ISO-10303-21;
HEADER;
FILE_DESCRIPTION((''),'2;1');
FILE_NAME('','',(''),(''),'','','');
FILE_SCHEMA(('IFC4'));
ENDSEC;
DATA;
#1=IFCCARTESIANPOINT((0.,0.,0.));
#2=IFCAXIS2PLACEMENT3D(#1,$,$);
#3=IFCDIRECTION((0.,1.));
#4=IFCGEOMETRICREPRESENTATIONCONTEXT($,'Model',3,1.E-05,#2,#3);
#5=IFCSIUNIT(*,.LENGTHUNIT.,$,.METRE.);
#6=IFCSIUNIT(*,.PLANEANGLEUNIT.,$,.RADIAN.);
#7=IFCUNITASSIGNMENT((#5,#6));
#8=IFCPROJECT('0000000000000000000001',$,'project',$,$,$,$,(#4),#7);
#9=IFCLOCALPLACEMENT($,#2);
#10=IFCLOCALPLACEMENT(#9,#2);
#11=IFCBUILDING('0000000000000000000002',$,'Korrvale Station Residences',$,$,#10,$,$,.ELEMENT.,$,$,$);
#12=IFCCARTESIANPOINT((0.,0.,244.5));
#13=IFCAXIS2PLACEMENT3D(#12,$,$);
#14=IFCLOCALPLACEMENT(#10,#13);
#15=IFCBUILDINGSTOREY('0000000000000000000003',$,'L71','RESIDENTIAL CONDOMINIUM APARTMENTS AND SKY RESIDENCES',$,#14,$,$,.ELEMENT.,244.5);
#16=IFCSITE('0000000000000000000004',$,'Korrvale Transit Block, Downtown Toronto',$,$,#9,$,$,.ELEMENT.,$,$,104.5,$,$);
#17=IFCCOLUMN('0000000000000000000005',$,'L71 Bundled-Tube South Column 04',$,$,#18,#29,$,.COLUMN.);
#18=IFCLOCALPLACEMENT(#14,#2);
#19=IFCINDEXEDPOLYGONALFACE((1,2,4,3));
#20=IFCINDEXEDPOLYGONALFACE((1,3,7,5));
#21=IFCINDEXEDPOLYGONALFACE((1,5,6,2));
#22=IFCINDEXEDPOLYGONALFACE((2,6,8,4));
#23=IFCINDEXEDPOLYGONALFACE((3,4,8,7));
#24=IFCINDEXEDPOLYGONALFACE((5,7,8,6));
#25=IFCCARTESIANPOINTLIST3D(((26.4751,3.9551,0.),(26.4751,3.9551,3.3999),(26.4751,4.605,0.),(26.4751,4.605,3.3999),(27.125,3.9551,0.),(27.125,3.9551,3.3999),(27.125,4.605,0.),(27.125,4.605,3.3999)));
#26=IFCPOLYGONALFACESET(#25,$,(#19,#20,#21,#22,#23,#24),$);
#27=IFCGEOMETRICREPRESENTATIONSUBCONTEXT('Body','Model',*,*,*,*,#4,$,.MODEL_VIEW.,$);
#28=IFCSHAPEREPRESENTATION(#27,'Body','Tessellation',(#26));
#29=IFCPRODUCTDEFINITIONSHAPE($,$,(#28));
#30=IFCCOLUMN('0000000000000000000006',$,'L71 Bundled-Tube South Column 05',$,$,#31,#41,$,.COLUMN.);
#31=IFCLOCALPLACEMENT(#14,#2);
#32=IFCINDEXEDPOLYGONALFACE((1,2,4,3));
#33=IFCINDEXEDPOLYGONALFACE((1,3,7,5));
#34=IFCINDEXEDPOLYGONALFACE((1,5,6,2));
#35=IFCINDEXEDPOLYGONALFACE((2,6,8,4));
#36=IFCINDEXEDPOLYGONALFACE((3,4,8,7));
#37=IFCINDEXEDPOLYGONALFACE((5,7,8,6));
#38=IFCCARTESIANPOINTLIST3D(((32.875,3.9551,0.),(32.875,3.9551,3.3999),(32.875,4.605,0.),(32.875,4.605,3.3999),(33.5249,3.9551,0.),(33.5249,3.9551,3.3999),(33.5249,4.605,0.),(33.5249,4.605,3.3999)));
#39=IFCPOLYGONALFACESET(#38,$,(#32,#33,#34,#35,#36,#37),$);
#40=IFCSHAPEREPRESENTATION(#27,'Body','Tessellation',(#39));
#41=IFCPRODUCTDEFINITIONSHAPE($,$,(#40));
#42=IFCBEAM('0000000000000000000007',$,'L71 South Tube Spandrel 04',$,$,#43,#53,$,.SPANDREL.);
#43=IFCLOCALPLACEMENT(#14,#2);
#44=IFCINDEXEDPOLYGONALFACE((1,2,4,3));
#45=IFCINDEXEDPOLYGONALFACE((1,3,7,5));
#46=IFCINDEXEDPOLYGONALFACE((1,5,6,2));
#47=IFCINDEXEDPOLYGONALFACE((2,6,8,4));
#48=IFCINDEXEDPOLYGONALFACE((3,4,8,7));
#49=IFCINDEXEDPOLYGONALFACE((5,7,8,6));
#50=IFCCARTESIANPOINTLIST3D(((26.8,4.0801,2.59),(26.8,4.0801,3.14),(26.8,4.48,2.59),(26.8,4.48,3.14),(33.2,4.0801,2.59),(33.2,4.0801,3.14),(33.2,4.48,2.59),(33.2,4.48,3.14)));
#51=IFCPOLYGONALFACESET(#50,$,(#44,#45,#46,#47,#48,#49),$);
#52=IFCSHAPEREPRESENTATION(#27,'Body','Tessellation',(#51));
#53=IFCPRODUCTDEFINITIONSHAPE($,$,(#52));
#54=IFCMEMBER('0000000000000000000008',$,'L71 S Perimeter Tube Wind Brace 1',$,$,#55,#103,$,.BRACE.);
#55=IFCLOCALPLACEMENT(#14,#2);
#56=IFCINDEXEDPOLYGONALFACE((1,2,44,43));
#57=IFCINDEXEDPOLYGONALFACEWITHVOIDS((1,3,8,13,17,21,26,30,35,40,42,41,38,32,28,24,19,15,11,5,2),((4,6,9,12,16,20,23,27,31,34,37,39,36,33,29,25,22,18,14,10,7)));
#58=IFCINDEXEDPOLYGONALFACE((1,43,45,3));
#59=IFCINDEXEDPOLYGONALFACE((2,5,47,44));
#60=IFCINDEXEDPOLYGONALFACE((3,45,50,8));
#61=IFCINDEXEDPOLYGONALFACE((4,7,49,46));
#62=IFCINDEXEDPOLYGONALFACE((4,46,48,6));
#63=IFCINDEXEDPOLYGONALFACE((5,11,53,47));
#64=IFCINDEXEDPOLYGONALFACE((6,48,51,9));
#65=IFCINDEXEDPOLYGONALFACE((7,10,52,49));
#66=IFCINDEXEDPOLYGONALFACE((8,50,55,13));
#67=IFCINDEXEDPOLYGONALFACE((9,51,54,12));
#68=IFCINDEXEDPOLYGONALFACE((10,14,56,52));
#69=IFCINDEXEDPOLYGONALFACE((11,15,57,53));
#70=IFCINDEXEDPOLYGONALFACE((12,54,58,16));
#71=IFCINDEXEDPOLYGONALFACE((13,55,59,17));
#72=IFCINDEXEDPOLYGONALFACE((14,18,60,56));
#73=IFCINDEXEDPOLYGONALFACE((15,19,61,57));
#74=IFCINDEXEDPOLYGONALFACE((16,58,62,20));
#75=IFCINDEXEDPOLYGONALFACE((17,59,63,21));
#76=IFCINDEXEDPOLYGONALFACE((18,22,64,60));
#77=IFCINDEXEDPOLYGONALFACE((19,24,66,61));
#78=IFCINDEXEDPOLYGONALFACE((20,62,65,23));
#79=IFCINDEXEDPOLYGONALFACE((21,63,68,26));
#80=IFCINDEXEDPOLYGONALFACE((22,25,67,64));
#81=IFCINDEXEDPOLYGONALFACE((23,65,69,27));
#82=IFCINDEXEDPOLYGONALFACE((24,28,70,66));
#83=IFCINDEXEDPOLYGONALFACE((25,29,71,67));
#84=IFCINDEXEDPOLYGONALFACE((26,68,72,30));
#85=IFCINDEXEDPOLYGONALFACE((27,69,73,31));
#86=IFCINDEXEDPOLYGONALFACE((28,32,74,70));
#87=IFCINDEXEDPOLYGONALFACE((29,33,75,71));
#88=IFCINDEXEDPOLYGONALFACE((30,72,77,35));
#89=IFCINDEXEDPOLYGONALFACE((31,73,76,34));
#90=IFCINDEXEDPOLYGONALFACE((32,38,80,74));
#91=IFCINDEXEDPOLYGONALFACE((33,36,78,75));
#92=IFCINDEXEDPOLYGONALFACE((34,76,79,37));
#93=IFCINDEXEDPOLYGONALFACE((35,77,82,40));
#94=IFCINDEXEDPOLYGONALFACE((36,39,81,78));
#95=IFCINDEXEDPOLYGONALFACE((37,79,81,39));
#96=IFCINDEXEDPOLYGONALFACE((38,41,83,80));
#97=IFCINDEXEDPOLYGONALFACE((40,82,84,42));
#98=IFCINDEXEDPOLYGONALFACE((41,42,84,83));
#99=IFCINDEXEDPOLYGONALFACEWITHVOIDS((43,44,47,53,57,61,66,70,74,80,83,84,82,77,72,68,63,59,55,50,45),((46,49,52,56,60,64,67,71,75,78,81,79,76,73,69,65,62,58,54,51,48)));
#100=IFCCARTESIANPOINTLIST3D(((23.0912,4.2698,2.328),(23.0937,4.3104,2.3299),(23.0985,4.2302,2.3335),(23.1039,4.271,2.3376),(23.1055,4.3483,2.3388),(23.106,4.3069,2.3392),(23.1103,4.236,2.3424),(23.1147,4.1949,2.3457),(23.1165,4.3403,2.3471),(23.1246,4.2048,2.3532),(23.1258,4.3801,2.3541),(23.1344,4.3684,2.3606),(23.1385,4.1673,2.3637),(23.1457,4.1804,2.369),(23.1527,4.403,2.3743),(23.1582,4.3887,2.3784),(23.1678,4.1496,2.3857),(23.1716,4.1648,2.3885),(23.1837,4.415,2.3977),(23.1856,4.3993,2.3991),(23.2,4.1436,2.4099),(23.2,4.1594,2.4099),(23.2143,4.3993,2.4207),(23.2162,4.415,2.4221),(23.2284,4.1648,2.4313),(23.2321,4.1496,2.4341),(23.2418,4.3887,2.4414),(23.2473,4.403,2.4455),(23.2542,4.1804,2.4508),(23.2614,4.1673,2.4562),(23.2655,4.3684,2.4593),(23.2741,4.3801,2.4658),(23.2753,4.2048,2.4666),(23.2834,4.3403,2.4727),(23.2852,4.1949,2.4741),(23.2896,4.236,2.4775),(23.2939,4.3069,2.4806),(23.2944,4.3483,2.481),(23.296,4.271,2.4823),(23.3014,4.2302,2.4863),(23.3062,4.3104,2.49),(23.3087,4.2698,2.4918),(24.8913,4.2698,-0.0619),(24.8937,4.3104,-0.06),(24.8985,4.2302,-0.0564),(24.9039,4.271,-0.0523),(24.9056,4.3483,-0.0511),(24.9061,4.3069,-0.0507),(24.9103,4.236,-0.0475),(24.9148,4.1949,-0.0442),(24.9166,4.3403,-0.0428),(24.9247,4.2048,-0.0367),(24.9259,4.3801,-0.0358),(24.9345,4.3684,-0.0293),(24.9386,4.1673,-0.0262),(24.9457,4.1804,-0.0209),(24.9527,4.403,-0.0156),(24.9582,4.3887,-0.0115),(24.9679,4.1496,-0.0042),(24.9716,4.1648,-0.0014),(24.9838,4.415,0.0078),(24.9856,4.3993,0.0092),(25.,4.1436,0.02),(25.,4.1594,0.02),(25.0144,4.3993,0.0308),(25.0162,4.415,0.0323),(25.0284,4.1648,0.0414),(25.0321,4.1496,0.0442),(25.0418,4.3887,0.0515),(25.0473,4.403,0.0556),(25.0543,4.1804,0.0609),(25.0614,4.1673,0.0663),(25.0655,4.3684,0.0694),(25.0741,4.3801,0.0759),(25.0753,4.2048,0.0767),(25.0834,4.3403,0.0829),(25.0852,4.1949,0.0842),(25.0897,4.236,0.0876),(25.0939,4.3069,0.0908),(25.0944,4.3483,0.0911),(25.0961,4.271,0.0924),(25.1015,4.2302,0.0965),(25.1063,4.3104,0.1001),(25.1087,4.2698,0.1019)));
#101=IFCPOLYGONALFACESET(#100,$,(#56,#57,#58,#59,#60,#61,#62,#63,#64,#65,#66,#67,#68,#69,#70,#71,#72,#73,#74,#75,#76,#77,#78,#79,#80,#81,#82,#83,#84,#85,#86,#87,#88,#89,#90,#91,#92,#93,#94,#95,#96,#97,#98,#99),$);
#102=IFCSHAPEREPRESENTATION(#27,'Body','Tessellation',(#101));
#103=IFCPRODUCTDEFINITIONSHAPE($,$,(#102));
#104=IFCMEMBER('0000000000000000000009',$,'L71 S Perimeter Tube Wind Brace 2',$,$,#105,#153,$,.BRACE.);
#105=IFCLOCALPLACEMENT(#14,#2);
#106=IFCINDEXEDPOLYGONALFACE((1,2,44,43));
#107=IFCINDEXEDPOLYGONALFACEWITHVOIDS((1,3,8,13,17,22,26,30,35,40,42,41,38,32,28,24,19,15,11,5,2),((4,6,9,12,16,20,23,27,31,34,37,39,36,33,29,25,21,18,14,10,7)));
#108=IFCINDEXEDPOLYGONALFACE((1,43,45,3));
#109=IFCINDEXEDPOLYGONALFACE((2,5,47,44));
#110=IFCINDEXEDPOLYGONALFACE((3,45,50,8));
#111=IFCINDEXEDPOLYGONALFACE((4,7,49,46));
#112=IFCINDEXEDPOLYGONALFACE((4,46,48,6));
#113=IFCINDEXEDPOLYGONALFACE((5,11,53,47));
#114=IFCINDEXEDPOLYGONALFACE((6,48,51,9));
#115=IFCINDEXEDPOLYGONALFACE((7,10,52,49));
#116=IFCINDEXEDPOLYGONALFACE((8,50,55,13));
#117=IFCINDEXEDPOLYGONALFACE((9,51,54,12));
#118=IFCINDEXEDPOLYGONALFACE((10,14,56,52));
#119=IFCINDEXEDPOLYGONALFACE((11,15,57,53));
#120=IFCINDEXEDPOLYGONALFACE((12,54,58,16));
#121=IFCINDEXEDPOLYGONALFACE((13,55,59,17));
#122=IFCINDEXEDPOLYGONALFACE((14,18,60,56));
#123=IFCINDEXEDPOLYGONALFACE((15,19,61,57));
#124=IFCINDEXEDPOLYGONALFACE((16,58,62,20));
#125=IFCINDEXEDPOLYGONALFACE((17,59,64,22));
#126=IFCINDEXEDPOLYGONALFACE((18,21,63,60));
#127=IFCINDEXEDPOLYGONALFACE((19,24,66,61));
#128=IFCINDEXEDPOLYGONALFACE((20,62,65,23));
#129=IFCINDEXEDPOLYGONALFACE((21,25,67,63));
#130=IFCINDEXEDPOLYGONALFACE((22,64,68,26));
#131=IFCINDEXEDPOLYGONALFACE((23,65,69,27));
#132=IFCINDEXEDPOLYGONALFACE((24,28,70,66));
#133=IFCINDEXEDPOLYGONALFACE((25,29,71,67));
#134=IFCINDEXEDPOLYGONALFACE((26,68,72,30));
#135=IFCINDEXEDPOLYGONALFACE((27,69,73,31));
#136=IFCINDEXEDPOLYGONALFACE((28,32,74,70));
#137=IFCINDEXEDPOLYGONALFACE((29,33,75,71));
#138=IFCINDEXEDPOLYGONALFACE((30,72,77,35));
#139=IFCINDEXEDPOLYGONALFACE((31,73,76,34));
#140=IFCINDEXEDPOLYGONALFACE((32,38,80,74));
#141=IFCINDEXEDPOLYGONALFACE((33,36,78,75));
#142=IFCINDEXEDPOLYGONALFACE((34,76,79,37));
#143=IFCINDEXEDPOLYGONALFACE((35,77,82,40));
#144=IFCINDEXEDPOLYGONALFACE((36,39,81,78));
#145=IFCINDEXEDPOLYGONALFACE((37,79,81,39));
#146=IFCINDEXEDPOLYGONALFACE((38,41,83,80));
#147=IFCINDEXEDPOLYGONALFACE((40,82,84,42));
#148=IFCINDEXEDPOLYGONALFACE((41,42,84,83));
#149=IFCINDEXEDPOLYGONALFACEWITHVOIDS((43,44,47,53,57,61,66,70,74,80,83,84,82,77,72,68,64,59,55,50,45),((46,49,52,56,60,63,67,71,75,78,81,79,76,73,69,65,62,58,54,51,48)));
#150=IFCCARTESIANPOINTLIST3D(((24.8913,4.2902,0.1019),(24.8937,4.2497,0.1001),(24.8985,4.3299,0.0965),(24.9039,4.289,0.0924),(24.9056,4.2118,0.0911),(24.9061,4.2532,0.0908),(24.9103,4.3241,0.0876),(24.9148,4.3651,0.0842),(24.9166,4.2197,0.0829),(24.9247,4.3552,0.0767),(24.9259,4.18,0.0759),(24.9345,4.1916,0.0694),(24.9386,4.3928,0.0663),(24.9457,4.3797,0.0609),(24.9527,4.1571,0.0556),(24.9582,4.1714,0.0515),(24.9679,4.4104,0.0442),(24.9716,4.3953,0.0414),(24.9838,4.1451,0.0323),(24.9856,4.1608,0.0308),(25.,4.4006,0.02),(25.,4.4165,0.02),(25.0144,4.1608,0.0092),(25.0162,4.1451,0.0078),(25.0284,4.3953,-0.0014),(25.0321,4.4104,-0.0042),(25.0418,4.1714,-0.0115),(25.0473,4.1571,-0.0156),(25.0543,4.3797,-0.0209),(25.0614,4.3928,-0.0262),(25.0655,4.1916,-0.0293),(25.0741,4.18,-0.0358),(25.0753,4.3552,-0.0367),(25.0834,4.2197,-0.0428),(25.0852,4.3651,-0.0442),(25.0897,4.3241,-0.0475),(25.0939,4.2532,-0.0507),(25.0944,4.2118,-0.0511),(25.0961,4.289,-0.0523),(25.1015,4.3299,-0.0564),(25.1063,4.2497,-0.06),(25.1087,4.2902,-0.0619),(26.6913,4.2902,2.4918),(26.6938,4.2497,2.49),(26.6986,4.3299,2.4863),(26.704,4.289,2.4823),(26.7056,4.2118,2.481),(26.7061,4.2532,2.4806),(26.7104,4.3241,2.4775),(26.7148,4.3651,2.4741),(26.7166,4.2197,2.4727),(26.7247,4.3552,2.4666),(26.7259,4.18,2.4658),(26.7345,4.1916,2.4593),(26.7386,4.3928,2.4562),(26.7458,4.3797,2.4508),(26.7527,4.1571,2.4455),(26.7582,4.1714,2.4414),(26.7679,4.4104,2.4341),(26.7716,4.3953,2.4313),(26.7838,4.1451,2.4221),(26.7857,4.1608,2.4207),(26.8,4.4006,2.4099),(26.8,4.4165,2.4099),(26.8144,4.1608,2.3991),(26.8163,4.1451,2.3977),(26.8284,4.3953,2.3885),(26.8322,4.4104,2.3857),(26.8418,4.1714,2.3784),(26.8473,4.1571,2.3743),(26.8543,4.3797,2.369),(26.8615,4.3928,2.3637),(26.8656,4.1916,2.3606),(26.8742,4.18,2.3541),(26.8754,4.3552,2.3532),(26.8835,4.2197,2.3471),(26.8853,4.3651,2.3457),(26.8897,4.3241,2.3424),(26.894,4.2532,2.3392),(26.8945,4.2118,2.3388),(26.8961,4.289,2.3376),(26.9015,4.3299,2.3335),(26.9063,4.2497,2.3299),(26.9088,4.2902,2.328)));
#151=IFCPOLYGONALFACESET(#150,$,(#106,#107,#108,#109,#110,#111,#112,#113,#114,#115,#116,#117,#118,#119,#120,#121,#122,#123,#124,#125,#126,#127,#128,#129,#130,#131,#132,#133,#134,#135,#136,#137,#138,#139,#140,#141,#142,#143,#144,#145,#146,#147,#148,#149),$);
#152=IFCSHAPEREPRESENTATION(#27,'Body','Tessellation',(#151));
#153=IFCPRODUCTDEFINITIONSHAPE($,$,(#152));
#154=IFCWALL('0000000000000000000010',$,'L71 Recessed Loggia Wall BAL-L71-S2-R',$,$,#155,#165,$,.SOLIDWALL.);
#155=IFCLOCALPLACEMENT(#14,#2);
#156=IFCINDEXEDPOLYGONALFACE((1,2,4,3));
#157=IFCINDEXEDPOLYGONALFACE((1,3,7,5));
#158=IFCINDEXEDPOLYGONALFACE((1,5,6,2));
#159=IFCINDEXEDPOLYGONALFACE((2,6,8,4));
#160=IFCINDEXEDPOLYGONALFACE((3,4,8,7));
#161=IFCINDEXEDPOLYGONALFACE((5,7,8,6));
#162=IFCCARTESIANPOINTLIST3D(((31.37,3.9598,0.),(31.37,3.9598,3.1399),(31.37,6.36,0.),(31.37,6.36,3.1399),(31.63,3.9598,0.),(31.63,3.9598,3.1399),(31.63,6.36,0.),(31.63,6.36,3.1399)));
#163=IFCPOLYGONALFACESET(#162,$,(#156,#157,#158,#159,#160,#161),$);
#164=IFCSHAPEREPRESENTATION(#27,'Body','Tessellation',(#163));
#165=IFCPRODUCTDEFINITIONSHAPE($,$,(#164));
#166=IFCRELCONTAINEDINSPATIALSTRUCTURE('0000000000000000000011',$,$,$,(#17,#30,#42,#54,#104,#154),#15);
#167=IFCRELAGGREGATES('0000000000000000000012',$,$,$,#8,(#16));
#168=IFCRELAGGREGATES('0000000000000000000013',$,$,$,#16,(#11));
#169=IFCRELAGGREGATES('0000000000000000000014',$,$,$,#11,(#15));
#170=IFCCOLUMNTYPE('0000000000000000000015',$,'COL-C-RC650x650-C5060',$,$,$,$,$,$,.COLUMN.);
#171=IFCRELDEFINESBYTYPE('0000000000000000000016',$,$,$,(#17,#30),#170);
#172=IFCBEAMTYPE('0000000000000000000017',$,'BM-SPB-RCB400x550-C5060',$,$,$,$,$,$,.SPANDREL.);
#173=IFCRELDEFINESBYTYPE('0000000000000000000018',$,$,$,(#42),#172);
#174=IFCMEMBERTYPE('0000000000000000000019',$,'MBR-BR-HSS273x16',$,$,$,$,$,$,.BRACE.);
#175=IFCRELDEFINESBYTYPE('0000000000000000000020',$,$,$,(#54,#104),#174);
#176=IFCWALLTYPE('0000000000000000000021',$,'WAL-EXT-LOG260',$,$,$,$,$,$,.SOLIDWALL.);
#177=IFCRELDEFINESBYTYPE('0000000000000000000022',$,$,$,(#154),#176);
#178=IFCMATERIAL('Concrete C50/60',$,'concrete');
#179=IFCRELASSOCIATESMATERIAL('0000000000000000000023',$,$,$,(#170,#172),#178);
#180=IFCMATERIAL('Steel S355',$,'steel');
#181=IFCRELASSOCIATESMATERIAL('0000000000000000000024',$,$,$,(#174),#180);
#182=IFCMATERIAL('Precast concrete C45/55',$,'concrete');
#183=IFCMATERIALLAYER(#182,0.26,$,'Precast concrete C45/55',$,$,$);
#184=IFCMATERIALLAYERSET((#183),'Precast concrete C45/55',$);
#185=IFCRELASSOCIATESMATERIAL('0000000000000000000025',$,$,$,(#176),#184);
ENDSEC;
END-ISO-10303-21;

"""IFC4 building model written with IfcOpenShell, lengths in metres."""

from ifc_helpers import new_model, si_unit, direction, frame, frame_2d, origin, origin_2d, place, context, subcontext, project, spatial, rectangle, hollow_circle, extrude, material, layer, layer_set, material_profile, profile_set, type_object, element, save


model = new_model("IFC4")

# Units and contexts
model_context = context("Model", 3, precision=1e-05, world=origin(), true_north=direction((0.0, 1.0)))
body_context = subcontext(model_context, "Body", "Model", "MODEL_VIEW")
ifc_project = project(units=[si_unit("LENGTHUNIT", "METRE"), si_unit("PLANEANGLEUNIT", "RADIAN")], contexts=[model_context])

# Site, building, storey
site_placement = place(None, origin())
site = spatial("IfcSite", under=ifc_project, at=site_placement, Name="Korrvale Transit Block, Downtown Toronto", CompositionType="ELEMENT", RefElevation=104.5)
building_placement = place(site_placement, origin())
building = spatial("IfcBuilding", under=site, at=building_placement, Name="Korrvale Station Residences", CompositionType="ELEMENT")
storey_placement = place(building_placement, frame((0.0, 0.0, 244.5)))
storey = spatial("IfcBuildingStorey", under=building, at=storey_placement, Name="L71", Description="RESIDENTIAL CONDOMINIUM APARTMENTS AND SKY RESIDENCES", CompositionType="ELEMENT", Elevation=244.5)

# Columns
ifc_material_1 = material(Name="Concrete C50/60", Category="concrete")
ifc_material_profile_1 = material_profile(ifc_material_1, rectangle(XDim=0.6499, YDim=0.6499, at=origin_2d()), Name="RC650x650")
ifc_profile_set_1 = profile_set([ifc_material_profile_1], Name="Concrete C50/60")
column_type = type_object("IfcColumnType", Name="COL-C-RC650x650-C5060", PredefinedType="COLUMN", material=ifc_profile_set_1)
for number, where, z_axis, x_axis, name in (
    (1, (26.8, 4.28, 0.0), (0.0, 0.0, 1.0), (1.0, 0.0, 0.0), "L71 Bundled-Tube South Column 04"),
    (2, (33.2, 4.28, 0.0), (0.0, 0.0, 1.0), (1.0, 0.0, 0.0), "L71 Bundled-Tube South Column 05"),
):
    element("IfcColumn", number, at=place(storey_placement, frame(where, z_axis=z_axis, x_axis=x_axis)), inside=storey, type_object=column_type, Name=name, PredefinedType="COLUMN", context=body_context, shape_type="SweptSolid", body=[
        extrude(rectangle(XDim=0.6499, YDim=0.6499, at=origin_2d()), origin(), (0.0, 0.0, 1.0), 3.3999),
    ])

# Beam
ifc_material_profile_2 = material_profile(ifc_material_1, rectangle(XDim=0.3999, YDim=0.55, at=origin_2d()), Name="RCB400x550")
ifc_profile_set_2 = profile_set([ifc_material_profile_2], Name="Concrete C50/60")
beam_type = type_object("IfcBeamType", Name="BM-SPB-RCB400x550-C5060", PredefinedType="SPANDREL", material=ifc_profile_set_2)
beam_placement = place(storey_placement, frame((26.8, 4.28, 2.865), z_axis=(1.0, 0.0, 0.0), x_axis=(0.0, 1.0, 0.0)))
element("IfcBeam", 3, at=beam_placement, inside=storey, type_object=beam_type, Name="L71 South Tube Spandrel 04", PredefinedType="SPANDREL", context=body_context, shape_type="SweptSolid", body=[
    extrude(rectangle(XDim=0.3999, YDim=0.55, at=origin_2d()), origin(), (0.0, 0.0, 1.0), 6.3999),
])

# Members
ifc_material_2 = material(Name="Steel S355", Category="steel")
ifc_material_profile_3 = material_profile(ifc_material_2, hollow_circle(Radius=0.1365, WallThickness=0.0159, at=origin_2d()), Name="HSS273x16")
ifc_profile_set_3 = profile_set([ifc_material_profile_3], Name="Steel S355")
member_type = type_object("IfcMemberType", Name="MBR-BR-HSS273x16", PredefinedType="BRACE", material=ifc_profile_set_3)
for number, where, z_axis, x_axis, name in (
    (4, (25.0, 4.28, 0.02), (-0.601631, 0.0, 0.798774), (0.0, -1.0, 0.0), "L71 S Perimeter Tube Wind Brace 1"),
    (5, (25.0, 4.28, 0.02), (0.601631, 0.0, 0.798774), (0.0, 1.0, 0.0), "L71 S Perimeter Tube Wind Brace 2"),
):
    element("IfcMember", number, at=place(storey_placement, frame(where, z_axis=z_axis, x_axis=x_axis)), inside=storey, type_object=member_type, Name=name, PredefinedType="BRACE", context=body_context, shape_type="SweptSolid", body=[
        extrude(hollow_circle(Radius=0.1365, WallThickness=0.0159, at=origin_2d()), origin(), (0.0, 0.0, 1.0), 2.9919),
    ])

# Wall
ifc_material_3 = material(Name="Precast concrete C45/55", Category="concrete")
ifc_layer_1 = layer(ifc_material_3, 0.26, Name="Precast concrete C45/55")
ifc_layer_set_1 = layer_set([ifc_layer_1], Name="Precast concrete C45/55")
wall_type_1 = type_object("IfcWallType", Name="WAL-EXT-LOG260", PredefinedType="SOLIDWALL", material=ifc_layer_set_1)
wall_1_placement = place(storey_placement, frame((31.5, 6.3601, 0.0), z_axis=(0.0, 0.0, 1.0), x_axis=(0.0, -1.0, 0.0)))
element("IfcWall", 6, at=wall_1_placement, inside=storey, type_object=wall_type_1, Name="L71 Recessed Loggia Wall BAL-L71-S2-R", PredefinedType="SOLIDWALL", context=body_context, shape_type="SweptSolid", body=[
    extrude(rectangle(XDim=2.4001, YDim=0.26, at=frame_2d((1.2002, 0.0))), origin(), (0.0, 0.0, 1.0), 3.1399),
])

save(model, "model.ifc")
